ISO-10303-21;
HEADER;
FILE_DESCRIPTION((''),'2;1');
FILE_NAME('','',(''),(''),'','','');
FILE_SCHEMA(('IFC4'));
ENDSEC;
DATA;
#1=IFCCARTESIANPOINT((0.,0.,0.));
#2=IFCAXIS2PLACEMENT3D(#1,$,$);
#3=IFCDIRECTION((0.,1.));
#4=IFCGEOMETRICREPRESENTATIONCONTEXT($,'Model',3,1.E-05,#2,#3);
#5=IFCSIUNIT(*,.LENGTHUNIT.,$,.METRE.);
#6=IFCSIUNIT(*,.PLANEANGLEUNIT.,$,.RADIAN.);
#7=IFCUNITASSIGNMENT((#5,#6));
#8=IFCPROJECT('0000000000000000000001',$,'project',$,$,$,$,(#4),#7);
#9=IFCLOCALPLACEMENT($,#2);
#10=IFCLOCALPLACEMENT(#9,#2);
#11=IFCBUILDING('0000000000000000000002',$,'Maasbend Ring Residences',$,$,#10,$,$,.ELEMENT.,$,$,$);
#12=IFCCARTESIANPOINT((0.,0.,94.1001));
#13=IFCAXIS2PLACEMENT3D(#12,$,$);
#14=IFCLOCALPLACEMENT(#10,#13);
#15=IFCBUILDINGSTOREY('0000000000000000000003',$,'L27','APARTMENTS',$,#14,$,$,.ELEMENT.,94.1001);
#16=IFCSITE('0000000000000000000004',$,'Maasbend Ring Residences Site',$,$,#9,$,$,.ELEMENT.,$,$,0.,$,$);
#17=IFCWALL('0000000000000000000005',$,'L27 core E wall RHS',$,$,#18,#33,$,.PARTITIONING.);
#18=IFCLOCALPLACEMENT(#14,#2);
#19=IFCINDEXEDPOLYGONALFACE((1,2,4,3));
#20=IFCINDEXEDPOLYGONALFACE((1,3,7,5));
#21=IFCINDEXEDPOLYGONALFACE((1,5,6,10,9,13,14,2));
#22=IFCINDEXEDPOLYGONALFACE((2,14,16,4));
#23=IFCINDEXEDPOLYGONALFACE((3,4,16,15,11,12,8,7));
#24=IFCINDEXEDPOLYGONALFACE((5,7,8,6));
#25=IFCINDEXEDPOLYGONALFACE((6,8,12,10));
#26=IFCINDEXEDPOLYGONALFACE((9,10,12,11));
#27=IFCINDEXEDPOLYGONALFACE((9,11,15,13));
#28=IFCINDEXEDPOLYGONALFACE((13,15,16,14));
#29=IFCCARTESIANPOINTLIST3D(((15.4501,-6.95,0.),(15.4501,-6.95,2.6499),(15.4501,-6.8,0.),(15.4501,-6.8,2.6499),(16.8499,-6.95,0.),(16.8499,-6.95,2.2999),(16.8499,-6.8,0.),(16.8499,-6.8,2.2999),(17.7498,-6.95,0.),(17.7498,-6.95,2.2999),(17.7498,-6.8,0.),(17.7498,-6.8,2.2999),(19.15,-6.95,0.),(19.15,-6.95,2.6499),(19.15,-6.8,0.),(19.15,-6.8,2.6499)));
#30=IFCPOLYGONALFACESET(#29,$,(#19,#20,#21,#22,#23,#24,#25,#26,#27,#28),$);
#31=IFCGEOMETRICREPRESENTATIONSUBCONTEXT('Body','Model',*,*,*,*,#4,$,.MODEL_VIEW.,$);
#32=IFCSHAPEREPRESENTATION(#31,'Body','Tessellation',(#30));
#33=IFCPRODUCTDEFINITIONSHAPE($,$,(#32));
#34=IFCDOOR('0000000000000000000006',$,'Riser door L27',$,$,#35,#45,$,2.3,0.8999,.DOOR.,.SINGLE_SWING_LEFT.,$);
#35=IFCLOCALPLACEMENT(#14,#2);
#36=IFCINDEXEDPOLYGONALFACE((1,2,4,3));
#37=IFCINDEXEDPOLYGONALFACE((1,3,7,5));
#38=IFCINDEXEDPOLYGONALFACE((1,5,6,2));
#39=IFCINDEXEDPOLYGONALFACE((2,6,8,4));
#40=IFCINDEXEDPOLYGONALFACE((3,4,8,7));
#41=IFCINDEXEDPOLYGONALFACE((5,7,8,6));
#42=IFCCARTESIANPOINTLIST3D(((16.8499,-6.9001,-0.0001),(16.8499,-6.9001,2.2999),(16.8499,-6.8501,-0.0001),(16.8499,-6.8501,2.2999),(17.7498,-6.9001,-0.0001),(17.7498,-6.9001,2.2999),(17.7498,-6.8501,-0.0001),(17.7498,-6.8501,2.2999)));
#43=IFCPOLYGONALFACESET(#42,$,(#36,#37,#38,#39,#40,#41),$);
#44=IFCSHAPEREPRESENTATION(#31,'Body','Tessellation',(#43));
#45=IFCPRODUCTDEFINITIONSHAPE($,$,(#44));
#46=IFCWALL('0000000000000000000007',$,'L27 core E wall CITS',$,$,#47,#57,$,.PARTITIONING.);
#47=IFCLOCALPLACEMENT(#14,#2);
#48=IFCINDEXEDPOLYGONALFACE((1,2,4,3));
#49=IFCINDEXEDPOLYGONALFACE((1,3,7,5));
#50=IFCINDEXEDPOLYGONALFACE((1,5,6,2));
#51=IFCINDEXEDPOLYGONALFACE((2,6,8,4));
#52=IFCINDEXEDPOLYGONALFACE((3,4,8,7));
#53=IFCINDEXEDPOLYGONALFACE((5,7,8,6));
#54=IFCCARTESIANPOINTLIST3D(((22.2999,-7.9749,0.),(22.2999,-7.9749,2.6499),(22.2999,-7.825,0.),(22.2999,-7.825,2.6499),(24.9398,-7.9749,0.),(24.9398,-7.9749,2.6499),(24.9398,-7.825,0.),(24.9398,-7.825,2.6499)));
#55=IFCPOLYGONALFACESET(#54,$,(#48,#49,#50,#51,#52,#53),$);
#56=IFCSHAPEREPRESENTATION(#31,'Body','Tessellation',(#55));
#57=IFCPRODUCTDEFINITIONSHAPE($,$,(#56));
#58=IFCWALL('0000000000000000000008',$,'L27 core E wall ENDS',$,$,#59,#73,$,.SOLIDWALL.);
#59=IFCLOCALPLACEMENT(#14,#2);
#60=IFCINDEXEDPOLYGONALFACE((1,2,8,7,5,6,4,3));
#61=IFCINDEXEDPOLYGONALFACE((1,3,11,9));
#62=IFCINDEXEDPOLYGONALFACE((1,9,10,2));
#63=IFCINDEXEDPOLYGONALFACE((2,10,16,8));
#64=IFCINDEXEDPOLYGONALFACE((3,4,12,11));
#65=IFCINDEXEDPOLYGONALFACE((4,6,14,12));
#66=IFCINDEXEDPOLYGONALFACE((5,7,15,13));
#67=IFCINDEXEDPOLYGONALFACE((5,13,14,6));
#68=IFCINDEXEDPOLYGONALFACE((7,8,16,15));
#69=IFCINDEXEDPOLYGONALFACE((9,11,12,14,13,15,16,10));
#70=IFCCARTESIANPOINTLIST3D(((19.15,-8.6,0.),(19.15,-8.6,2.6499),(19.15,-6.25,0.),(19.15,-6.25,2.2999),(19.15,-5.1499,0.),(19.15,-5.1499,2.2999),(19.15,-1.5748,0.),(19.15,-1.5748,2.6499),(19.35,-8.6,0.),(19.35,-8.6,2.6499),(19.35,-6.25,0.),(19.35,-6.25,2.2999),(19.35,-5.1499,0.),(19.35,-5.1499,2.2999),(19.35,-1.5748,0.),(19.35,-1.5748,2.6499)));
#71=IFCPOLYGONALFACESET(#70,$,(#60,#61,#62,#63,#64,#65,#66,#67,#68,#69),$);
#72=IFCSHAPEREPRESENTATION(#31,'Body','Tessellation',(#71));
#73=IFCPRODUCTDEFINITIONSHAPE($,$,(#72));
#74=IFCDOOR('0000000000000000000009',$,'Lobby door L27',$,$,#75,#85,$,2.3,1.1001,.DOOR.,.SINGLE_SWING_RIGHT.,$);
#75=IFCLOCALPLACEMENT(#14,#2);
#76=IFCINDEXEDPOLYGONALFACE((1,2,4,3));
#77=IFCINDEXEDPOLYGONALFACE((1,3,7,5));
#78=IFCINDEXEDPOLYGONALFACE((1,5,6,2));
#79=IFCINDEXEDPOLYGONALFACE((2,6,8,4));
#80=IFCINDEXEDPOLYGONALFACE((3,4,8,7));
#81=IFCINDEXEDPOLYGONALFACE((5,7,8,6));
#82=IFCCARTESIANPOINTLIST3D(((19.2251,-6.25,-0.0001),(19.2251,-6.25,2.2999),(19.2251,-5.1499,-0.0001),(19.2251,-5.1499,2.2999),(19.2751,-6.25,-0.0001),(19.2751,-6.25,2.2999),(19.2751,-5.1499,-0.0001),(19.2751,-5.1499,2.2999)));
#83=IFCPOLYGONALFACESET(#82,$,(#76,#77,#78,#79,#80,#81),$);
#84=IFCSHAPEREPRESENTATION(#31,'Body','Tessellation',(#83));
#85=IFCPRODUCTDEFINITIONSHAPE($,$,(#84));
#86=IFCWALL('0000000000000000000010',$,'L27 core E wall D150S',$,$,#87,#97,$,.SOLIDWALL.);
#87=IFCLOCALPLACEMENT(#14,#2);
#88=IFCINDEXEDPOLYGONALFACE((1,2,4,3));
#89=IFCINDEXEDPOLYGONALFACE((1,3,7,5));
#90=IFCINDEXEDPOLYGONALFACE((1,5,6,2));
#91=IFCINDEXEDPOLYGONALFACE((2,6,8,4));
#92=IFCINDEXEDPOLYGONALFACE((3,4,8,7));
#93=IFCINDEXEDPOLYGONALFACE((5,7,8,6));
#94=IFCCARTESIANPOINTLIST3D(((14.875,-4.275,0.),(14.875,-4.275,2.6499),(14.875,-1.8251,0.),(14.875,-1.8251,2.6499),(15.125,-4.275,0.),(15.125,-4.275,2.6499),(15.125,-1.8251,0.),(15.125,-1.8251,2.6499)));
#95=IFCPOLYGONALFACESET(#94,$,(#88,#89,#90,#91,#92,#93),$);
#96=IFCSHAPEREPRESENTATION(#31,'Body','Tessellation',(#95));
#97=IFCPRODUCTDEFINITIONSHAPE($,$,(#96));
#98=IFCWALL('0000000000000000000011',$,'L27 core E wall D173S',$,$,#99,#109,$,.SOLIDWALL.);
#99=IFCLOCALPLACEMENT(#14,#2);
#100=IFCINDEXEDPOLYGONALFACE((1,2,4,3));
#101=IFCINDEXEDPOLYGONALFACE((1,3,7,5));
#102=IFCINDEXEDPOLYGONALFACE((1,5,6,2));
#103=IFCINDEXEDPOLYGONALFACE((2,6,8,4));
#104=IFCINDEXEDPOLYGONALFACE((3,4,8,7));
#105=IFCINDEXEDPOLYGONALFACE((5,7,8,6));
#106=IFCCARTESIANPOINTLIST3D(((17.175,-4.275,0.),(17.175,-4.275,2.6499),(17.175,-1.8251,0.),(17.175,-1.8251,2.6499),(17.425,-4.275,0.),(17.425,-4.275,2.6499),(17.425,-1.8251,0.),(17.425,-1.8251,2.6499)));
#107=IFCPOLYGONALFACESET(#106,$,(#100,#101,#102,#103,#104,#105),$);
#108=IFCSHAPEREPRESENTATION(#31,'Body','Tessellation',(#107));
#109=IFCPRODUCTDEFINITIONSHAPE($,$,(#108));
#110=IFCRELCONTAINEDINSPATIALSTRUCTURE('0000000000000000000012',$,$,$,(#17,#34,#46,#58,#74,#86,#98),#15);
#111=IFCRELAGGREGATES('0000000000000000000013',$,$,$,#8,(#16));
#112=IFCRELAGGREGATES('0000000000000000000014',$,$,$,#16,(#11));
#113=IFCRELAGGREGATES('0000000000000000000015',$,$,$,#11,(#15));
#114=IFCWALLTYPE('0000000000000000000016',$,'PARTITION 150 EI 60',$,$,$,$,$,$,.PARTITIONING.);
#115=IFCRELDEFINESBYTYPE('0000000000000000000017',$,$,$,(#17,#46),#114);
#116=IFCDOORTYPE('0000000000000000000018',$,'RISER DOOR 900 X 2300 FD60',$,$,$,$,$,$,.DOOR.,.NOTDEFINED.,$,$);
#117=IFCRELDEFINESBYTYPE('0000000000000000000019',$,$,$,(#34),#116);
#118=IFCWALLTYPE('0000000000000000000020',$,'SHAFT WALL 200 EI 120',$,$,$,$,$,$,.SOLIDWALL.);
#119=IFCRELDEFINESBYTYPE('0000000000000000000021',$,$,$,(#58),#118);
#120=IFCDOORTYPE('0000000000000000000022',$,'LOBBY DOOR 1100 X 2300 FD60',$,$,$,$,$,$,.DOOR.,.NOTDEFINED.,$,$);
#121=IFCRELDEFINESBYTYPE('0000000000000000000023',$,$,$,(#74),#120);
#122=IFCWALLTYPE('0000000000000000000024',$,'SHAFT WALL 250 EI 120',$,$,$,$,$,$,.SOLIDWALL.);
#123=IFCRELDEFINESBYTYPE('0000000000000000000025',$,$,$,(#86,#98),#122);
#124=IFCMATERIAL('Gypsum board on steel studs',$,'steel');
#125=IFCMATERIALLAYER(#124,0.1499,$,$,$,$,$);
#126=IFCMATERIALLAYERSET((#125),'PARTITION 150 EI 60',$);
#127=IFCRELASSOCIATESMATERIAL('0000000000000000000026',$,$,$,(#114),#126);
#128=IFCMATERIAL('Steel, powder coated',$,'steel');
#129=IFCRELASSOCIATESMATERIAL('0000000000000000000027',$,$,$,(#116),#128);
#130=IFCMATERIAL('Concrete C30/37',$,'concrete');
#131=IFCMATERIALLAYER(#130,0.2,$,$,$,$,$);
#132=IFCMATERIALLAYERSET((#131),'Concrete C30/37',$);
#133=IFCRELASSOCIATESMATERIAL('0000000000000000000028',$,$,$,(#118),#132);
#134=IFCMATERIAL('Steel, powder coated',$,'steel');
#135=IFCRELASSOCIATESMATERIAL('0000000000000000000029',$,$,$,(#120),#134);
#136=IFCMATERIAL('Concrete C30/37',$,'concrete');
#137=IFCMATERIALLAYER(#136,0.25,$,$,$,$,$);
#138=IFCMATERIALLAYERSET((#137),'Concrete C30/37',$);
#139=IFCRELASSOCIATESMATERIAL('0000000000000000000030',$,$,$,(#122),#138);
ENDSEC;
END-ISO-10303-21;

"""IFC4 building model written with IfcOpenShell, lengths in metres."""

from ifc_helpers import new_model, si_unit, direction, frame, frame_2d, origin, place, context, subcontext, project, spatial, rectangle, extrude, material, layer, layer_set, type_object, element, fill, save


model = new_model("IFC4")

# Units and contexts
model_context = context("Model", 3, precision=1e-05, world=origin(), true_north=direction((0.0, 1.0)))
body_context = subcontext(model_context, "Body", "Model", "MODEL_VIEW")
ifc_project = project(units=[si_unit("LENGTHUNIT", "METRE"), si_unit("PLANEANGLEUNIT", "RADIAN")], contexts=[model_context])

# Site, building, storey
site_placement = place(None, origin())
site = spatial("IfcSite", under=ifc_project, at=site_placement, Name="Maasbend Ring Residences Site", CompositionType="ELEMENT", RefElevation=0.0)
building_placement = place(site_placement, origin())
building = spatial("IfcBuilding", under=site, at=building_placement, Name="Maasbend Ring Residences", CompositionType="ELEMENT")
storey_placement = place(building_placement, frame((0.0, 0.0, 94.1001)))
storey = spatial("IfcBuildingStorey", under=building, at=storey_placement, Name="L27", Description="APARTMENTS", CompositionType="ELEMENT", Elevation=94.1001)

# Wall, opening, door
ifc_material_1 = material(Name="Gypsum board on steel studs", Category="steel")
ifc_layer_1 = layer(ifc_material_1, 0.1499)
ifc_layer_set_1 = layer_set([ifc_layer_1], Name="PARTITION 150 EI 60")
wall_type_1 = type_object("IfcWallType", Name="PARTITION 150 EI 60", PredefinedType="PARTITIONING", material=ifc_layer_set_1)
wall_1_placement = place(storey_placement, frame((15.45, -6.875, 0.0), z_axis=(0.0, 0.0, 1.0), x_axis=(1.0, 0.0, 0.0)))
wall_1 = element("IfcWall", 1, at=wall_1_placement, inside=storey, type_object=wall_type_1, Name="L27 core E wall RHS", PredefinedType="PARTITIONING", context=body_context, shape_type="SweptSolid", body=[
    extrude(rectangle(XDim=3.7, YDim=0.1499, at=frame_2d((1.8501, 0.0))), origin(), (0.0, 0.0, 1.0), 2.6499),
])
opening_1_placement = place(wall_1_placement, frame((1.3999, 0.0, 0.0)))
opening_1 = element("IfcOpeningElement", 2, at=opening_1_placement, cuts=wall_1, PredefinedType="OPENING", context=body_context, shape_type="SweptSolid", body=[
    extrude(rectangle(XDim=0.8999, YDim=2.3, at=frame_2d((0.45, 1.1499))), frame((0.0, 0.085, 0.0), z_axis=(0.0, -1.0, 0.0), x_axis=(1.0, 0.0, 0.0)), (0.0, 0.0, 1.0), 0.1699),
])
ifc_material_2 = material(Name="Steel, powder coated", Category="steel")
door_type_1 = type_object("IfcDoorType", Name="RISER DOOR 900 X 2300 FD60", OperationType="NOTDEFINED", PredefinedType="DOOR", material=ifc_material_2)
door_1_placement = place(opening_1_placement, origin())
door_1 = element("IfcDoor", 3, at=door_1_placement, inside=storey, type_object=door_type_1, Name="Riser door L27", OperationType="SINGLE_SWING_LEFT", OverallHeight=2.3, OverallWidth=0.8999, PredefinedType="DOOR", context=body_context, shape_type="SweptSolid", body=[
    extrude(rectangle(XDim=0.8999, YDim=2.3, at=frame_2d((0.45, 1.1499))), frame((0.0, 0.0249, 0.0), z_axis=(0.0, -1.0, 0.0), x_axis=(1.0, 0.0, 0.0)), (0.0, 0.0, 1.0), 0.05),
])
fill(opening_1, door_1)

# Wall
wall_2_placement = place(storey_placement, frame((22.3, -7.8999, 0.0), z_axis=(0.0, 0.0, 1.0), x_axis=(1.0, 0.0, 0.0)))
element("IfcWall", 4, at=wall_2_placement, inside=storey, type_object=wall_type_1, Name="L27 core E wall CITS", PredefinedType="PARTITIONING", context=body_context, shape_type="SweptSolid", body=[
    extrude(rectangle(XDim=2.6399, YDim=0.1499, at=frame_2d((1.3198, 0.0))), origin(), (0.0, 0.0, 1.0), 2.6499),
])

# Wall, opening, door
ifc_material_3 = material(Name="Concrete C30/37", Category="concrete")
ifc_layer_2 = layer(ifc_material_3, 0.2)
ifc_layer_set_2 = layer_set([ifc_layer_2], Name="Concrete C30/37")
wall_type_2 = type_object("IfcWallType", Name="SHAFT WALL 200 EI 120", PredefinedType="SOLIDWALL", material=ifc_layer_set_2)
wall_3_placement = place(storey_placement, frame((19.25, -8.6001, 0.0), z_axis=(0.0, 0.0, 1.0), x_axis=(0.0, 1.0, 0.0)))
wall_3 = element("IfcWall", 5, at=wall_3_placement, inside=storey, type_object=wall_type_2, Name="L27 core E wall ENDS", PredefinedType="SOLIDWALL", context=body_context, shape_type="SweptSolid", body=[
    extrude(rectangle(XDim=7.0251, YDim=0.2, at=frame_2d((3.5127, 0.0))), origin(), (0.0, 0.0, 1.0), 2.6499),
])
opening_2_placement = place(wall_3_placement, frame((2.3501, 0.0, 0.0)))
opening_2 = element("IfcOpeningElement", 6, at=opening_2_placement, cuts=wall_3, PredefinedType="OPENING", context=body_context, shape_type="SweptSolid", body=[
    extrude(rectangle(XDim=1.1001, YDim=2.3, at=frame_2d((0.55, 1.1499))), frame((0.0, 0.1099, 0.0), z_axis=(0.0, -1.0, 0.0), x_axis=(1.0, 0.0, 0.0)), (0.0, 0.0, 1.0), 0.22),
])
ifc_material_4 = material(Name="Steel, powder coated", Category="steel")
door_type_2 = type_object("IfcDoorType", Name="LOBBY DOOR 1100 X 2300 FD60", OperationType="NOTDEFINED", PredefinedType="DOOR", material=ifc_material_4)
door_2_placement = place(opening_2_placement, origin())
door_2 = element("IfcDoor", 7, at=door_2_placement, inside=storey, type_object=door_type_2, Name="Lobby door L27", OperationType="SINGLE_SWING_RIGHT", OverallHeight=2.3, OverallWidth=1.1001, PredefinedType="DOOR", context=body_context, shape_type="SweptSolid", body=[
    extrude(rectangle(XDim=1.1001, YDim=2.3, at=frame_2d((0.55, 1.1499))), frame((0.0, 0.0249, 0.0), z_axis=(0.0, -1.0, 0.0), x_axis=(1.0, 0.0, 0.0)), (0.0, 0.0, 1.0), 0.05),
])
fill(opening_2, door_2)

# Walls
ifc_material_5 = material(Name="Concrete C30/37", Category="concrete")
ifc_layer_3 = layer(ifc_material_5, 0.25)
ifc_layer_set_3 = layer_set([ifc_layer_3], Name="Concrete C30/37")
wall_type_3 = type_object("IfcWallType", Name="SHAFT WALL 250 EI 120", PredefinedType="SOLIDWALL", material=ifc_layer_set_3)
for number, where, z_axis, x_axis, name in (
    (8, (15.0, -1.825, 0.0), (0.0, 0.0, 1.0), (0.0, -1.0, 0.0), "L27 core E wall D150S"),
    (9, (17.3, -1.825, 0.0), (0.0, 0.0, 1.0), (0.0, -1.0, 0.0), "L27 core E wall D173S"),
):
    element("IfcWall", number, at=place(storey_placement, frame(where, z_axis=z_axis, x_axis=x_axis)), inside=storey, type_object=wall_type_3, Name=name, PredefinedType="SOLIDWALL", context=body_context, shape_type="SweptSolid", body=[
        extrude(rectangle(XDim=2.45, YDim=0.25, at=frame_2d((1.2251, 0.0))), origin(), (0.0, 0.0, 1.0), 2.6499),
    ])

save(model, "model.ifc")
